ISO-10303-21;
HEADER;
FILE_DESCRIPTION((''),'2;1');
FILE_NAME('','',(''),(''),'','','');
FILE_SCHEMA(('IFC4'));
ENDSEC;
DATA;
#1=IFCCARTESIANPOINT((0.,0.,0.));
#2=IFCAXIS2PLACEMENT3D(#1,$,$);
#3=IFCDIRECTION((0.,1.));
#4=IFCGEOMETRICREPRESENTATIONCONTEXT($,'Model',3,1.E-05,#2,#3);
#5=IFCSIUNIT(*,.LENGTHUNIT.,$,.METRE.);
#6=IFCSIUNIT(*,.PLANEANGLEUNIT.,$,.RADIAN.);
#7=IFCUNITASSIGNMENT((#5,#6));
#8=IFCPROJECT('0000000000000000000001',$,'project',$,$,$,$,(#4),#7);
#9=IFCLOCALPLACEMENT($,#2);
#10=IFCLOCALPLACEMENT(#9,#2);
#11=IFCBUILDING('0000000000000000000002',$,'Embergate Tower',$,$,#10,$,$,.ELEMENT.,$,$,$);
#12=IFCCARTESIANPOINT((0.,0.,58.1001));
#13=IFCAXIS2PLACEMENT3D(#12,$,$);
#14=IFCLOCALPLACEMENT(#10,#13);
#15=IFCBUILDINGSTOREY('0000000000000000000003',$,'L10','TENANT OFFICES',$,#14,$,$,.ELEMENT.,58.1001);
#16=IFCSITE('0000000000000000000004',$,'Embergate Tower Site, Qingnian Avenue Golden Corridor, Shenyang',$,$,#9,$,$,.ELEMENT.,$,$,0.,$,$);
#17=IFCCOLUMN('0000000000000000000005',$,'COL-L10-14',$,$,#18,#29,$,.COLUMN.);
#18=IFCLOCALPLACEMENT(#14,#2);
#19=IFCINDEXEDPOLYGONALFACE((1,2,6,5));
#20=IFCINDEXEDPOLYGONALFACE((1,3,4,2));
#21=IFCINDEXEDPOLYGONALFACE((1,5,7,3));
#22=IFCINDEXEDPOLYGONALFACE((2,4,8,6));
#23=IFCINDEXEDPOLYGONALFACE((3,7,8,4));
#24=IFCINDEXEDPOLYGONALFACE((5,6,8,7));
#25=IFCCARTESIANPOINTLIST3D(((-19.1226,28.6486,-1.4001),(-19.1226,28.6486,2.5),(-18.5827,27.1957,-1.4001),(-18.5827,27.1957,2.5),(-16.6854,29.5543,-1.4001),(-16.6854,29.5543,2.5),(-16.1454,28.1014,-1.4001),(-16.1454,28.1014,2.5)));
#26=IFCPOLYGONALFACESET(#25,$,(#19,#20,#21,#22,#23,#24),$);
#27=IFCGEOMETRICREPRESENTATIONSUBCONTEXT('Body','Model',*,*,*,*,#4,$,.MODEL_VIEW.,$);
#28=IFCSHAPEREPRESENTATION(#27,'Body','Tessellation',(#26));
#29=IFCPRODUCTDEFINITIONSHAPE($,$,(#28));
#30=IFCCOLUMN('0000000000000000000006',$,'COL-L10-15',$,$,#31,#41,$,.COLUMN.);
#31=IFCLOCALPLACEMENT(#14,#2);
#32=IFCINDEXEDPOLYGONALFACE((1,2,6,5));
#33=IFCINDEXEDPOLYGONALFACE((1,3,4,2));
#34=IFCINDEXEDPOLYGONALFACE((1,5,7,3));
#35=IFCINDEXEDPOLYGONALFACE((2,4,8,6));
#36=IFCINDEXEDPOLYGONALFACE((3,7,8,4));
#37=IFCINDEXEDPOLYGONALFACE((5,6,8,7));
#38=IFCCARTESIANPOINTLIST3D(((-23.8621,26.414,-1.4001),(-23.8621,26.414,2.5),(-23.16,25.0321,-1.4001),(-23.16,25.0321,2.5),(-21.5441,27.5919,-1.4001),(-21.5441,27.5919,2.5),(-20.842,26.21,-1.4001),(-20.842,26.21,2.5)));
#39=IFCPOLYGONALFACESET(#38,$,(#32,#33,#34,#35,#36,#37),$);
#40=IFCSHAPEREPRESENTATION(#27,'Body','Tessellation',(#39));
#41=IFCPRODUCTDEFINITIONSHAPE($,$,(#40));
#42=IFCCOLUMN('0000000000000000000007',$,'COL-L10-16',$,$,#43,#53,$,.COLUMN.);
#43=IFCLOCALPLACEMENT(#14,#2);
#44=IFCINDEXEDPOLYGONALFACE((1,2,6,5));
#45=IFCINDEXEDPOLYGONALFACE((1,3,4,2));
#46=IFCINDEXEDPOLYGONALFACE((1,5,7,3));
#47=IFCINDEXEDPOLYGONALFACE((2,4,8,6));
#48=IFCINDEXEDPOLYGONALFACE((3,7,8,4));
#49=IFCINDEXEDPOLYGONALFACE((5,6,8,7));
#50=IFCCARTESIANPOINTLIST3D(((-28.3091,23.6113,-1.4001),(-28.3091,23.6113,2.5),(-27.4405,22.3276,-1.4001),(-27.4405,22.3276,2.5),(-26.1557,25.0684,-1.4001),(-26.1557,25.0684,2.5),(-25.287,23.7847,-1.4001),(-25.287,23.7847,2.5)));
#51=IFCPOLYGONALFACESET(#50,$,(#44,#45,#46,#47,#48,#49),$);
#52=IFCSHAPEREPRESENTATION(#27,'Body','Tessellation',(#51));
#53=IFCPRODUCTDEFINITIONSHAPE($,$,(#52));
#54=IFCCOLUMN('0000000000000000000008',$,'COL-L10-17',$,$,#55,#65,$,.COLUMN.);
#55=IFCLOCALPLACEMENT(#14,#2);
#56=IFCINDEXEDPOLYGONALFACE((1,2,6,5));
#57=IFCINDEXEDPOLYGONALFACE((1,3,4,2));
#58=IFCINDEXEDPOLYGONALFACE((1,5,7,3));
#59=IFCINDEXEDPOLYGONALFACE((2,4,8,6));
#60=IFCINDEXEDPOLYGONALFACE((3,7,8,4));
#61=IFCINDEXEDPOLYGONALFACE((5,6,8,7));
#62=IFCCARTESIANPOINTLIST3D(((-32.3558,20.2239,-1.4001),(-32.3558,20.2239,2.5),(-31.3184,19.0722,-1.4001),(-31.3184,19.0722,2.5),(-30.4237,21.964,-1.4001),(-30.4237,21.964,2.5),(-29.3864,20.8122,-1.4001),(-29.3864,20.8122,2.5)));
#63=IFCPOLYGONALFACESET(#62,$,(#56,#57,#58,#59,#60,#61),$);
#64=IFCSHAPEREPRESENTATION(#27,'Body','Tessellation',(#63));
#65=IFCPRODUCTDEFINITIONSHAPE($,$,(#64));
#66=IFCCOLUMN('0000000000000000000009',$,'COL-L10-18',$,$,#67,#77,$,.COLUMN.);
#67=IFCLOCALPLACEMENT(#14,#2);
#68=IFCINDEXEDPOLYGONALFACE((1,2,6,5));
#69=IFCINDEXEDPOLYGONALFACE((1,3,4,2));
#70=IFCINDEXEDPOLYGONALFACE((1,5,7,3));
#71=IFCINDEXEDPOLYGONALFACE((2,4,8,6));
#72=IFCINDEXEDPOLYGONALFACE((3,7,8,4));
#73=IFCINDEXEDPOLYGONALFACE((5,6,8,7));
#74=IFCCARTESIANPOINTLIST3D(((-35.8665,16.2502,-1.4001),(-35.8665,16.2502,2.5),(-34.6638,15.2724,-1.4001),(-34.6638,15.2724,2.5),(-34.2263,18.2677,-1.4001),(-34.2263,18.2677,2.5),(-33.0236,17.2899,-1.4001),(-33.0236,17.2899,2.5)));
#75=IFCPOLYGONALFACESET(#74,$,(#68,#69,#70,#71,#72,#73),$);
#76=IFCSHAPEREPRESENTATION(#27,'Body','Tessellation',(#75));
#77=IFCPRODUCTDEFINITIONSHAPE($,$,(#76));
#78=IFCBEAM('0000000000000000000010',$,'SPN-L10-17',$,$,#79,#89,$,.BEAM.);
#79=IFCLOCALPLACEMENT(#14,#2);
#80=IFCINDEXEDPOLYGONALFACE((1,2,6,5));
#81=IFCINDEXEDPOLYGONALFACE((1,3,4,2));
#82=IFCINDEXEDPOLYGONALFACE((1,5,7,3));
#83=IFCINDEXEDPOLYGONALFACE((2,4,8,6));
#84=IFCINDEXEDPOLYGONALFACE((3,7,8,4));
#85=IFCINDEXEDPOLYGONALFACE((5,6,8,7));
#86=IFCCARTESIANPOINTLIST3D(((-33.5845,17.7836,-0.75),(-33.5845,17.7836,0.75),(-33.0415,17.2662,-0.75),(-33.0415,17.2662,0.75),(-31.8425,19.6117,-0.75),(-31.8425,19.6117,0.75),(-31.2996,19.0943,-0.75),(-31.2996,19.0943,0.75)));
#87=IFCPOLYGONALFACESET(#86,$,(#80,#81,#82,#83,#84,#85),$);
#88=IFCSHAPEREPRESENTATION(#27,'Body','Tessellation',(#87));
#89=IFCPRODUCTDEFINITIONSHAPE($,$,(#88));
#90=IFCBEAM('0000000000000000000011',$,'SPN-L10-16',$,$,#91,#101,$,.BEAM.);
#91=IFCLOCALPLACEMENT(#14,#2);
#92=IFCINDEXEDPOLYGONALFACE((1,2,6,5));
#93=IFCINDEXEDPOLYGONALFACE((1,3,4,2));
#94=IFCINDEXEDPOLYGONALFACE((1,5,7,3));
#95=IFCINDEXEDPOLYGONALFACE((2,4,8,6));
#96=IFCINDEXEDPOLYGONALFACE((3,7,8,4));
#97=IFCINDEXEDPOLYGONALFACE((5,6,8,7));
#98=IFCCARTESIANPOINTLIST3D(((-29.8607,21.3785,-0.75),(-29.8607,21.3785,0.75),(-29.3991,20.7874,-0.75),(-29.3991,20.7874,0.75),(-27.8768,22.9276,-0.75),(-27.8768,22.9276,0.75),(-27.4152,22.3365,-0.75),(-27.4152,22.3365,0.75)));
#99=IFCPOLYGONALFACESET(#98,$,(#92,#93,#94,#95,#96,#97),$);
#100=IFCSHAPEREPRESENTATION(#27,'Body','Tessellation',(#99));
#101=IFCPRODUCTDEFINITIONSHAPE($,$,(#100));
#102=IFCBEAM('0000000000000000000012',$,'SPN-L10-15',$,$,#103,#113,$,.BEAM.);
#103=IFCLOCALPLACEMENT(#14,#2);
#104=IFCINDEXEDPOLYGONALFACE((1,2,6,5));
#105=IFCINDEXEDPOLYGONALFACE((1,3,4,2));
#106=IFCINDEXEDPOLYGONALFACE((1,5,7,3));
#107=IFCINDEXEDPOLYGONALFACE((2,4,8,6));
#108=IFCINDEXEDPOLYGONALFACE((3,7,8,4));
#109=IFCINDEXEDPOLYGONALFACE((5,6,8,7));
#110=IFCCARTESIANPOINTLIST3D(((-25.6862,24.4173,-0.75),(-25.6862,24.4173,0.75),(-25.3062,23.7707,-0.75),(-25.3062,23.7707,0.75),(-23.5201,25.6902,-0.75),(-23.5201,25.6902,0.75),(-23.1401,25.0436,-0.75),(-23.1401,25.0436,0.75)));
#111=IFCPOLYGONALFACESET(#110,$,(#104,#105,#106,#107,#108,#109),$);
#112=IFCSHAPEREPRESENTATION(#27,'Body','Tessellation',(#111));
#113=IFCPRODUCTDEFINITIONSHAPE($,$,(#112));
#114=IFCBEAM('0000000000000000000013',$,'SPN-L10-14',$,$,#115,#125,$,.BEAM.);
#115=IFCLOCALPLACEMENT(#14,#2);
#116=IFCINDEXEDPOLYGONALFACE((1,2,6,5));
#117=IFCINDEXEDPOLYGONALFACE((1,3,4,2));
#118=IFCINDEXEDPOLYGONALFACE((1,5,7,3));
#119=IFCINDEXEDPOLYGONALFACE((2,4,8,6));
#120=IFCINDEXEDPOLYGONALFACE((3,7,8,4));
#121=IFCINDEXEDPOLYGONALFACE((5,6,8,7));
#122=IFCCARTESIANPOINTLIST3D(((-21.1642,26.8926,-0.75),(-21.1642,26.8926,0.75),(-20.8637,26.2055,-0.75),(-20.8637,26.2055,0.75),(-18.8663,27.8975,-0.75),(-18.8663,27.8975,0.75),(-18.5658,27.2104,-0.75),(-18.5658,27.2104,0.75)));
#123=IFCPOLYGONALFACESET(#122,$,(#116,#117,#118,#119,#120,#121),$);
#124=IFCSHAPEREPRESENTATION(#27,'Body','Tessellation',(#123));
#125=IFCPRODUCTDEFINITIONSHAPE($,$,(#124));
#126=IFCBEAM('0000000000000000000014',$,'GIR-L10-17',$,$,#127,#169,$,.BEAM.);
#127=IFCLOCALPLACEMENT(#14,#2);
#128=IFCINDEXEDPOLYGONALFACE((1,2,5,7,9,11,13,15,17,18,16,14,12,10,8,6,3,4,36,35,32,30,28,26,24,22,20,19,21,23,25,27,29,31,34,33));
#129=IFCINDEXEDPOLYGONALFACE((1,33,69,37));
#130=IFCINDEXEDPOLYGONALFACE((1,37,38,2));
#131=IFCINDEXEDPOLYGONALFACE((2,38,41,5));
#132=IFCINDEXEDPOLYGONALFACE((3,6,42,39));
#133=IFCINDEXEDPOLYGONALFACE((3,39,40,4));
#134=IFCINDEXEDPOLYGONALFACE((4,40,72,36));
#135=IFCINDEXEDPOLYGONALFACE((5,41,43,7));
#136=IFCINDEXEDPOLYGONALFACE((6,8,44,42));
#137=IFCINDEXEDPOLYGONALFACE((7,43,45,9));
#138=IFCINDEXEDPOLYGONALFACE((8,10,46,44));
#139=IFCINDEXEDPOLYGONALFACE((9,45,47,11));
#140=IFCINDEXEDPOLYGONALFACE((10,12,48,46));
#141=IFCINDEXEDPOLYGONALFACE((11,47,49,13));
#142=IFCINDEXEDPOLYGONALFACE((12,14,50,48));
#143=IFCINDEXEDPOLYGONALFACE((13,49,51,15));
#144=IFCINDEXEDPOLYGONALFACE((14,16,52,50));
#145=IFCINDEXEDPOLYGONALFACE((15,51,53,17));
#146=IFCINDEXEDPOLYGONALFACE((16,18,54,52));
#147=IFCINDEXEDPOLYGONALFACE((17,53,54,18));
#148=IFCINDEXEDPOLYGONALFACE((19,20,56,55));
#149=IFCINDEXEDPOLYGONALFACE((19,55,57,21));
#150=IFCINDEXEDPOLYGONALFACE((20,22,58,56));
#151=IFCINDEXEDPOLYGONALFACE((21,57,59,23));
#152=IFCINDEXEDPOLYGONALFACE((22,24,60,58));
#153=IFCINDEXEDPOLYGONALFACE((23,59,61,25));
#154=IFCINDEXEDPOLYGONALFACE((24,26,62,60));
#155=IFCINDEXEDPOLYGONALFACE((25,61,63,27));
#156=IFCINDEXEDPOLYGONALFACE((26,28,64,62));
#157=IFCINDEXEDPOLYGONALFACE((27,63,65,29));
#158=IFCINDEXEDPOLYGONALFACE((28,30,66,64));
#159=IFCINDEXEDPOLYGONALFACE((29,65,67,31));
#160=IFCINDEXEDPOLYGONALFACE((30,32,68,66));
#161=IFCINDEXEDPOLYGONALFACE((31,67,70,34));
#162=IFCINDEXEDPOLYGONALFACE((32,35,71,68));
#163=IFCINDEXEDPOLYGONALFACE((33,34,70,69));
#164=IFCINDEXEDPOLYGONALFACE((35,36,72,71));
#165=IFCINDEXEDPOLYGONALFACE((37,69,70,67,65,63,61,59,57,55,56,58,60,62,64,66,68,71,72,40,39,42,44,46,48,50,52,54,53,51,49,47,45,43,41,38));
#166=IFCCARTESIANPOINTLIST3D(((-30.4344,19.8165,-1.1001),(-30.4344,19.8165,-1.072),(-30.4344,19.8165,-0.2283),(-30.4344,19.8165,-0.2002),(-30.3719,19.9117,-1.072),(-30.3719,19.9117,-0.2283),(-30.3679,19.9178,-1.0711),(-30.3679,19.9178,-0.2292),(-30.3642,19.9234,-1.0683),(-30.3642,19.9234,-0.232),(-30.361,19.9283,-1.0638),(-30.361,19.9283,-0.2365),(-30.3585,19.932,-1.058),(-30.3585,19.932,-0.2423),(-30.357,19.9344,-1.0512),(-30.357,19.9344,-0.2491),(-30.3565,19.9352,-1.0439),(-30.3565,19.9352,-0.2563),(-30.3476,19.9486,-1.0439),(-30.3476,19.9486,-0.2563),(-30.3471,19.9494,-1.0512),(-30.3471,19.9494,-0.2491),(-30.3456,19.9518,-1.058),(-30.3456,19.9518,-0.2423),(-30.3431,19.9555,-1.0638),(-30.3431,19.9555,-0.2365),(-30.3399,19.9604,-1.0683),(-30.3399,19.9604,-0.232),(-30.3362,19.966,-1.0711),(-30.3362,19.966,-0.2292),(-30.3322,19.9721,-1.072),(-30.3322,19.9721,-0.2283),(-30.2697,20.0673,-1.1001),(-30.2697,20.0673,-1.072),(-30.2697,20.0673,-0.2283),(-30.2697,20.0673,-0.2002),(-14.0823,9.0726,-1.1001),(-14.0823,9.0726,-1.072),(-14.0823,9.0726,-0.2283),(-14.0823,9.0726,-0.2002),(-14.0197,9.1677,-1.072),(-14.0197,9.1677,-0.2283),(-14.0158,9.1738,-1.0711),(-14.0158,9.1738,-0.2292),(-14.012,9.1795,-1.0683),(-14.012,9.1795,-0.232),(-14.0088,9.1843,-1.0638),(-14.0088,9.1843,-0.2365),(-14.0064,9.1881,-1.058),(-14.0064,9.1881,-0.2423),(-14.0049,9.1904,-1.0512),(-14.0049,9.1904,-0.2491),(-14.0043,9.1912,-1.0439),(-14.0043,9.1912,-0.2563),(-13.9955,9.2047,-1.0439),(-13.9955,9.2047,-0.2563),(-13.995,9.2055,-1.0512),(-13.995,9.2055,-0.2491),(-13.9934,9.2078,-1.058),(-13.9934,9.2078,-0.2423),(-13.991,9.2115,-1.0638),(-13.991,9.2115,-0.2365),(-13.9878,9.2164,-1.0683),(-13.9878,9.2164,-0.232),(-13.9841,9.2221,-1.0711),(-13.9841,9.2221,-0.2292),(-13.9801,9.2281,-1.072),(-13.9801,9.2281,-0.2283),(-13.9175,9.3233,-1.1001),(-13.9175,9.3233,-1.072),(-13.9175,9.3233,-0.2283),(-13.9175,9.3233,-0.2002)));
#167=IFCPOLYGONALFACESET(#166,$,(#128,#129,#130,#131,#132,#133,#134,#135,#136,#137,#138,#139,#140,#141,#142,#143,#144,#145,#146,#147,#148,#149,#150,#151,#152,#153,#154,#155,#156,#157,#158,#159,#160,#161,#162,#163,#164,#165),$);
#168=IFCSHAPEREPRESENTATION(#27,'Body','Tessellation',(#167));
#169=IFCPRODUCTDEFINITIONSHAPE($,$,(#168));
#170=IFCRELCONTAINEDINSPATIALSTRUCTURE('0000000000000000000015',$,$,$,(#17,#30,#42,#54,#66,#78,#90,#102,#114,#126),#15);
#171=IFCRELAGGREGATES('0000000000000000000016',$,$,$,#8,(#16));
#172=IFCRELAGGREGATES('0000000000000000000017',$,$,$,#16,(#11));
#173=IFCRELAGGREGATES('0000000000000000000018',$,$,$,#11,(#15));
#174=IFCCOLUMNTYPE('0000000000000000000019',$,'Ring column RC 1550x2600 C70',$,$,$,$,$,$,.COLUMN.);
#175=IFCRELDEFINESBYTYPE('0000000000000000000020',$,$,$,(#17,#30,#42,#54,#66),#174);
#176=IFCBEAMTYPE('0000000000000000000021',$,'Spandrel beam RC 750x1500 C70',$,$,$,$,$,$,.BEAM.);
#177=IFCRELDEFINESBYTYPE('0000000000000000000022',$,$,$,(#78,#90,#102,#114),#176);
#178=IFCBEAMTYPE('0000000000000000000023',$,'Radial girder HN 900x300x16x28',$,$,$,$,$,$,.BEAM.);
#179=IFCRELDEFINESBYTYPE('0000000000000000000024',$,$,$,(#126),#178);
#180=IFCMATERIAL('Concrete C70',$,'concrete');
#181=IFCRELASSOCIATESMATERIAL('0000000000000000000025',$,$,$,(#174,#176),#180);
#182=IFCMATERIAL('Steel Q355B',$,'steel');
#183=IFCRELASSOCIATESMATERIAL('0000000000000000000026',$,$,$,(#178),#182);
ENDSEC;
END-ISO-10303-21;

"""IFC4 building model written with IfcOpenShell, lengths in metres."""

from ifc_helpers import new_model, si_unit, direction, frame, origin, origin_2d, place, context, subcontext, project, spatial, rectangle, i_section, extrude, source, transform, mapped, material, material_profile, profile_set, type_object, element, save


model = new_model("IFC4")

# Units and contexts
model_context = context("Model", 3, precision=1e-05, world=origin(), true_north=direction((0.0, 1.0)))
body_context = subcontext(model_context, "Body", "Model", "MODEL_VIEW")
ifc_project = project(units=[si_unit("LENGTHUNIT", "METRE"), si_unit("PLANEANGLEUNIT", "RADIAN")], contexts=[model_context])

# Site, building, storey
site_placement = place(None, origin())
site = spatial("IfcSite", under=ifc_project, at=site_placement, Name="Embergate Tower Site, Qingnian Avenue Golden Corridor, Shenyang", CompositionType="ELEMENT", RefElevation=0.0)
building_placement = place(site_placement, origin())
building = spatial("IfcBuilding", under=site, at=building_placement, Name="Embergate Tower", CompositionType="ELEMENT")
storey_placement = place(building_placement, frame((0.0, 0.0, 58.1001)))
storey = spatial("IfcBuildingStorey", under=building, at=storey_placement, Name="L10", Description="TENANT OFFICES", CompositionType="ELEMENT", Elevation=58.1001)

# Columns
ifc_material_1 = material(Name="Concrete C70", Category="concrete")
ifc_material_profile_1 = material_profile(ifc_material_1, rectangle(XDim=1.55, YDim=2.6001, at=origin_2d()), Name="RC 1550x2600")
ifc_profile_set_1 = profile_set([ifc_material_profile_1], Name="Concrete C70")
column_type = type_object("IfcColumnType", Name="Ring column RC 1550x2600 C70", PredefinedType="COLUMN", material=ifc_profile_set_1)
shared_shape_1 = source(origin(), body_context, "Body", "SweptSolid", [
    extrude(rectangle(XDim=1.55, YDim=2.6001, at=origin_2d()), origin(), (0.0, 0.0, 1.0), 3.9001),
])
for number, where, z_axis, x_axis, name in (
    (1, (-17.634, 28.375, -1.4001), (0.0, 0.0, 1.0), (-0.348343, 0.937367, 0.0), "COL-L10-14"),
    (2, (-22.3521, 26.312, -1.4001), (0.0, 0.0, 1.0), (-0.453011, 0.891505, 0.0), "COL-L10-15"),
    (3, (-26.7981, 23.698, -1.4001), (0.0, 0.0, 1.0), (-0.560408, 0.828217, 0.0), "COL-L10-16"),
    (4, (-30.8711, 20.5181, -1.4001), (0.0, 0.0, 1.0), (-0.669221, 0.743063, 0.0), "COL-L10-17"),
    (5, (-34.4451, 16.77, -1.4001), (0.0, 0.0, 1.0), (-0.775925, 0.630825, 0.0), "COL-L10-18"),
):
    element("IfcColumn", number, at=place(storey_placement, frame(where, z_axis=z_axis, x_axis=x_axis)), inside=storey, type_object=column_type, Name=name, PredefinedType="COLUMN", context=body_context, shape_type="MappedRepresentation", body=[
        mapped(shared_shape_1, transform((0.0, 0.0, 0.0))),
    ])

# Beams
ifc_material_profile_2 = material_profile(ifc_material_1, rectangle(XDim=0.75, YDim=1.5, at=origin_2d()), Name="RC 750x1500")
ifc_profile_set_2 = profile_set([ifc_material_profile_2], Name="Concrete C70")
beam_type_1 = type_object("IfcBeamType", Name="Spandrel beam RC 750x1500 C70", PredefinedType="BEAM", material=ifc_profile_set_2)
shared_shape_2 = source(origin(), body_context, "Body", "SweptSolid", [
    extrude(rectangle(XDim=0.75, YDim=1.5, at=origin_2d()), origin(), (0.0, 0.0, 1.0), 2.5251),
])
beam_1_placement = place(storey_placement, frame((-31.571, 19.353, 0.0), z_axis=(-0.689836, -0.723965, 0.0), x_axis=(0.723965, -0.689836, 0.0)))
element("IfcBeam", 6, at=beam_1_placement, inside=storey, type_object=beam_type_1, Name="SPN-L10-17", PredefinedType="BEAM", context=body_context, shape_type="MappedRepresentation", body=[
    mapped(shared_shape_2, transform((0.0, 0.0, 0.0))),
])
shared_shape_3 = source(origin(), body_context, "Body", "SweptSolid", [
    extrude(rectangle(XDim=0.75, YDim=1.5, at=origin_2d()), origin(), (0.0, 0.0, 1.0), 2.5171),
])
beam_2_placement = place(storey_placement, frame((-27.646, 22.6321, 0.0), z_axis=(-0.788186, -0.615437, 0.0), x_axis=(0.615437, -0.788186, 0.0)))
element("IfcBeam", 7, at=beam_2_placement, inside=storey, type_object=beam_type_1, Name="SPN-L10-16", PredefinedType="BEAM", context=body_context, shape_type="MappedRepresentation", body=[
    mapped(shared_shape_3, transform((0.0, 0.0, 0.0))),
])
shared_shape_4 = source(origin(), body_context, "Body", "SweptSolid", [
    extrude(rectangle(XDim=0.75, YDim=1.5, at=origin_2d()), origin(), (0.0, 0.0, 1.0), 2.5125),
])
beam_3_placement = place(storey_placement, frame((-23.3301, 25.3669, 0.0), z_axis=(-0.862139, -0.506672, 0.0), x_axis=(0.506672, -0.862139, 0.0)))
element("IfcBeam", 8, at=beam_3_placement, inside=storey, type_object=beam_type_1, Name="SPN-L10-15", PredefinedType="BEAM", context=body_context, shape_type="MappedRepresentation", body=[
    mapped(shared_shape_4, transform((0.0, 0.0, 0.0))),
])
shared_shape_5 = source(origin(), body_context, "Body", "SweptSolid", [
    extrude(rectangle(XDim=0.75, YDim=1.5, at=origin_2d()), origin(), (0.0, 0.0, 1.0), 2.5081),
])
beam_4_placement = place(storey_placement, frame((-18.7161, 27.554, 0.0), z_axis=(-0.91622, -0.400676, 0.0), x_axis=(0.400676, -0.91622, 0.0)))
element("IfcBeam", 9, at=beam_4_placement, inside=storey, type_object=beam_type_1, Name="SPN-L10-14", PredefinedType="BEAM", context=body_context, shape_type="MappedRepresentation", body=[
    mapped(shared_shape_5, transform((0.0, 0.0, 0.0))),
])
ifc_material_2 = material(Name="Steel Q355B", Category="steel")
ifc_material_profile_3 = material_profile(ifc_material_2, i_section(OverallWidth=0.3, OverallDepth=0.8999, WebThickness=0.0161, FlangeThickness=0.0281, FilletRadius=0.0281, at=origin_2d()), Name="HN 900x300x16x28")
ifc_profile_set_3 = profile_set([ifc_material_profile_3], Name="Steel Q355 grade B")
beam_type_2 = type_object("IfcBeamType", Name="Radial girder HN 900x300x16x28", PredefinedType="BEAM", material=ifc_profile_set_3)
shared_shape_6 = source(origin(), body_context, "Body", "SweptSolid", [
    extrude(i_section(OverallWidth=0.3, OverallDepth=0.8999, WebThickness=0.0161, FlangeThickness=0.0281, FilletRadius=0.0281, at=origin_2d()), origin(), (0.0, 0.0, 1.0), 19.5659),
])
beam_5_placement = place(storey_placement, frame((-30.3521, 19.9419, -0.6501), z_axis=(0.835746, -0.549116, 0.0), x_axis=(0.549116, 0.835746, 0.0)))
element("IfcBeam", 10, at=beam_5_placement, inside=storey, type_object=beam_type_2, Name="GIR-L10-17", PredefinedType="BEAM", context=body_context, shape_type="MappedRepresentation", body=[
    mapped(shared_shape_6, transform((0.0, 0.0, 0.0))),
])

save(model, "model.ifc")
